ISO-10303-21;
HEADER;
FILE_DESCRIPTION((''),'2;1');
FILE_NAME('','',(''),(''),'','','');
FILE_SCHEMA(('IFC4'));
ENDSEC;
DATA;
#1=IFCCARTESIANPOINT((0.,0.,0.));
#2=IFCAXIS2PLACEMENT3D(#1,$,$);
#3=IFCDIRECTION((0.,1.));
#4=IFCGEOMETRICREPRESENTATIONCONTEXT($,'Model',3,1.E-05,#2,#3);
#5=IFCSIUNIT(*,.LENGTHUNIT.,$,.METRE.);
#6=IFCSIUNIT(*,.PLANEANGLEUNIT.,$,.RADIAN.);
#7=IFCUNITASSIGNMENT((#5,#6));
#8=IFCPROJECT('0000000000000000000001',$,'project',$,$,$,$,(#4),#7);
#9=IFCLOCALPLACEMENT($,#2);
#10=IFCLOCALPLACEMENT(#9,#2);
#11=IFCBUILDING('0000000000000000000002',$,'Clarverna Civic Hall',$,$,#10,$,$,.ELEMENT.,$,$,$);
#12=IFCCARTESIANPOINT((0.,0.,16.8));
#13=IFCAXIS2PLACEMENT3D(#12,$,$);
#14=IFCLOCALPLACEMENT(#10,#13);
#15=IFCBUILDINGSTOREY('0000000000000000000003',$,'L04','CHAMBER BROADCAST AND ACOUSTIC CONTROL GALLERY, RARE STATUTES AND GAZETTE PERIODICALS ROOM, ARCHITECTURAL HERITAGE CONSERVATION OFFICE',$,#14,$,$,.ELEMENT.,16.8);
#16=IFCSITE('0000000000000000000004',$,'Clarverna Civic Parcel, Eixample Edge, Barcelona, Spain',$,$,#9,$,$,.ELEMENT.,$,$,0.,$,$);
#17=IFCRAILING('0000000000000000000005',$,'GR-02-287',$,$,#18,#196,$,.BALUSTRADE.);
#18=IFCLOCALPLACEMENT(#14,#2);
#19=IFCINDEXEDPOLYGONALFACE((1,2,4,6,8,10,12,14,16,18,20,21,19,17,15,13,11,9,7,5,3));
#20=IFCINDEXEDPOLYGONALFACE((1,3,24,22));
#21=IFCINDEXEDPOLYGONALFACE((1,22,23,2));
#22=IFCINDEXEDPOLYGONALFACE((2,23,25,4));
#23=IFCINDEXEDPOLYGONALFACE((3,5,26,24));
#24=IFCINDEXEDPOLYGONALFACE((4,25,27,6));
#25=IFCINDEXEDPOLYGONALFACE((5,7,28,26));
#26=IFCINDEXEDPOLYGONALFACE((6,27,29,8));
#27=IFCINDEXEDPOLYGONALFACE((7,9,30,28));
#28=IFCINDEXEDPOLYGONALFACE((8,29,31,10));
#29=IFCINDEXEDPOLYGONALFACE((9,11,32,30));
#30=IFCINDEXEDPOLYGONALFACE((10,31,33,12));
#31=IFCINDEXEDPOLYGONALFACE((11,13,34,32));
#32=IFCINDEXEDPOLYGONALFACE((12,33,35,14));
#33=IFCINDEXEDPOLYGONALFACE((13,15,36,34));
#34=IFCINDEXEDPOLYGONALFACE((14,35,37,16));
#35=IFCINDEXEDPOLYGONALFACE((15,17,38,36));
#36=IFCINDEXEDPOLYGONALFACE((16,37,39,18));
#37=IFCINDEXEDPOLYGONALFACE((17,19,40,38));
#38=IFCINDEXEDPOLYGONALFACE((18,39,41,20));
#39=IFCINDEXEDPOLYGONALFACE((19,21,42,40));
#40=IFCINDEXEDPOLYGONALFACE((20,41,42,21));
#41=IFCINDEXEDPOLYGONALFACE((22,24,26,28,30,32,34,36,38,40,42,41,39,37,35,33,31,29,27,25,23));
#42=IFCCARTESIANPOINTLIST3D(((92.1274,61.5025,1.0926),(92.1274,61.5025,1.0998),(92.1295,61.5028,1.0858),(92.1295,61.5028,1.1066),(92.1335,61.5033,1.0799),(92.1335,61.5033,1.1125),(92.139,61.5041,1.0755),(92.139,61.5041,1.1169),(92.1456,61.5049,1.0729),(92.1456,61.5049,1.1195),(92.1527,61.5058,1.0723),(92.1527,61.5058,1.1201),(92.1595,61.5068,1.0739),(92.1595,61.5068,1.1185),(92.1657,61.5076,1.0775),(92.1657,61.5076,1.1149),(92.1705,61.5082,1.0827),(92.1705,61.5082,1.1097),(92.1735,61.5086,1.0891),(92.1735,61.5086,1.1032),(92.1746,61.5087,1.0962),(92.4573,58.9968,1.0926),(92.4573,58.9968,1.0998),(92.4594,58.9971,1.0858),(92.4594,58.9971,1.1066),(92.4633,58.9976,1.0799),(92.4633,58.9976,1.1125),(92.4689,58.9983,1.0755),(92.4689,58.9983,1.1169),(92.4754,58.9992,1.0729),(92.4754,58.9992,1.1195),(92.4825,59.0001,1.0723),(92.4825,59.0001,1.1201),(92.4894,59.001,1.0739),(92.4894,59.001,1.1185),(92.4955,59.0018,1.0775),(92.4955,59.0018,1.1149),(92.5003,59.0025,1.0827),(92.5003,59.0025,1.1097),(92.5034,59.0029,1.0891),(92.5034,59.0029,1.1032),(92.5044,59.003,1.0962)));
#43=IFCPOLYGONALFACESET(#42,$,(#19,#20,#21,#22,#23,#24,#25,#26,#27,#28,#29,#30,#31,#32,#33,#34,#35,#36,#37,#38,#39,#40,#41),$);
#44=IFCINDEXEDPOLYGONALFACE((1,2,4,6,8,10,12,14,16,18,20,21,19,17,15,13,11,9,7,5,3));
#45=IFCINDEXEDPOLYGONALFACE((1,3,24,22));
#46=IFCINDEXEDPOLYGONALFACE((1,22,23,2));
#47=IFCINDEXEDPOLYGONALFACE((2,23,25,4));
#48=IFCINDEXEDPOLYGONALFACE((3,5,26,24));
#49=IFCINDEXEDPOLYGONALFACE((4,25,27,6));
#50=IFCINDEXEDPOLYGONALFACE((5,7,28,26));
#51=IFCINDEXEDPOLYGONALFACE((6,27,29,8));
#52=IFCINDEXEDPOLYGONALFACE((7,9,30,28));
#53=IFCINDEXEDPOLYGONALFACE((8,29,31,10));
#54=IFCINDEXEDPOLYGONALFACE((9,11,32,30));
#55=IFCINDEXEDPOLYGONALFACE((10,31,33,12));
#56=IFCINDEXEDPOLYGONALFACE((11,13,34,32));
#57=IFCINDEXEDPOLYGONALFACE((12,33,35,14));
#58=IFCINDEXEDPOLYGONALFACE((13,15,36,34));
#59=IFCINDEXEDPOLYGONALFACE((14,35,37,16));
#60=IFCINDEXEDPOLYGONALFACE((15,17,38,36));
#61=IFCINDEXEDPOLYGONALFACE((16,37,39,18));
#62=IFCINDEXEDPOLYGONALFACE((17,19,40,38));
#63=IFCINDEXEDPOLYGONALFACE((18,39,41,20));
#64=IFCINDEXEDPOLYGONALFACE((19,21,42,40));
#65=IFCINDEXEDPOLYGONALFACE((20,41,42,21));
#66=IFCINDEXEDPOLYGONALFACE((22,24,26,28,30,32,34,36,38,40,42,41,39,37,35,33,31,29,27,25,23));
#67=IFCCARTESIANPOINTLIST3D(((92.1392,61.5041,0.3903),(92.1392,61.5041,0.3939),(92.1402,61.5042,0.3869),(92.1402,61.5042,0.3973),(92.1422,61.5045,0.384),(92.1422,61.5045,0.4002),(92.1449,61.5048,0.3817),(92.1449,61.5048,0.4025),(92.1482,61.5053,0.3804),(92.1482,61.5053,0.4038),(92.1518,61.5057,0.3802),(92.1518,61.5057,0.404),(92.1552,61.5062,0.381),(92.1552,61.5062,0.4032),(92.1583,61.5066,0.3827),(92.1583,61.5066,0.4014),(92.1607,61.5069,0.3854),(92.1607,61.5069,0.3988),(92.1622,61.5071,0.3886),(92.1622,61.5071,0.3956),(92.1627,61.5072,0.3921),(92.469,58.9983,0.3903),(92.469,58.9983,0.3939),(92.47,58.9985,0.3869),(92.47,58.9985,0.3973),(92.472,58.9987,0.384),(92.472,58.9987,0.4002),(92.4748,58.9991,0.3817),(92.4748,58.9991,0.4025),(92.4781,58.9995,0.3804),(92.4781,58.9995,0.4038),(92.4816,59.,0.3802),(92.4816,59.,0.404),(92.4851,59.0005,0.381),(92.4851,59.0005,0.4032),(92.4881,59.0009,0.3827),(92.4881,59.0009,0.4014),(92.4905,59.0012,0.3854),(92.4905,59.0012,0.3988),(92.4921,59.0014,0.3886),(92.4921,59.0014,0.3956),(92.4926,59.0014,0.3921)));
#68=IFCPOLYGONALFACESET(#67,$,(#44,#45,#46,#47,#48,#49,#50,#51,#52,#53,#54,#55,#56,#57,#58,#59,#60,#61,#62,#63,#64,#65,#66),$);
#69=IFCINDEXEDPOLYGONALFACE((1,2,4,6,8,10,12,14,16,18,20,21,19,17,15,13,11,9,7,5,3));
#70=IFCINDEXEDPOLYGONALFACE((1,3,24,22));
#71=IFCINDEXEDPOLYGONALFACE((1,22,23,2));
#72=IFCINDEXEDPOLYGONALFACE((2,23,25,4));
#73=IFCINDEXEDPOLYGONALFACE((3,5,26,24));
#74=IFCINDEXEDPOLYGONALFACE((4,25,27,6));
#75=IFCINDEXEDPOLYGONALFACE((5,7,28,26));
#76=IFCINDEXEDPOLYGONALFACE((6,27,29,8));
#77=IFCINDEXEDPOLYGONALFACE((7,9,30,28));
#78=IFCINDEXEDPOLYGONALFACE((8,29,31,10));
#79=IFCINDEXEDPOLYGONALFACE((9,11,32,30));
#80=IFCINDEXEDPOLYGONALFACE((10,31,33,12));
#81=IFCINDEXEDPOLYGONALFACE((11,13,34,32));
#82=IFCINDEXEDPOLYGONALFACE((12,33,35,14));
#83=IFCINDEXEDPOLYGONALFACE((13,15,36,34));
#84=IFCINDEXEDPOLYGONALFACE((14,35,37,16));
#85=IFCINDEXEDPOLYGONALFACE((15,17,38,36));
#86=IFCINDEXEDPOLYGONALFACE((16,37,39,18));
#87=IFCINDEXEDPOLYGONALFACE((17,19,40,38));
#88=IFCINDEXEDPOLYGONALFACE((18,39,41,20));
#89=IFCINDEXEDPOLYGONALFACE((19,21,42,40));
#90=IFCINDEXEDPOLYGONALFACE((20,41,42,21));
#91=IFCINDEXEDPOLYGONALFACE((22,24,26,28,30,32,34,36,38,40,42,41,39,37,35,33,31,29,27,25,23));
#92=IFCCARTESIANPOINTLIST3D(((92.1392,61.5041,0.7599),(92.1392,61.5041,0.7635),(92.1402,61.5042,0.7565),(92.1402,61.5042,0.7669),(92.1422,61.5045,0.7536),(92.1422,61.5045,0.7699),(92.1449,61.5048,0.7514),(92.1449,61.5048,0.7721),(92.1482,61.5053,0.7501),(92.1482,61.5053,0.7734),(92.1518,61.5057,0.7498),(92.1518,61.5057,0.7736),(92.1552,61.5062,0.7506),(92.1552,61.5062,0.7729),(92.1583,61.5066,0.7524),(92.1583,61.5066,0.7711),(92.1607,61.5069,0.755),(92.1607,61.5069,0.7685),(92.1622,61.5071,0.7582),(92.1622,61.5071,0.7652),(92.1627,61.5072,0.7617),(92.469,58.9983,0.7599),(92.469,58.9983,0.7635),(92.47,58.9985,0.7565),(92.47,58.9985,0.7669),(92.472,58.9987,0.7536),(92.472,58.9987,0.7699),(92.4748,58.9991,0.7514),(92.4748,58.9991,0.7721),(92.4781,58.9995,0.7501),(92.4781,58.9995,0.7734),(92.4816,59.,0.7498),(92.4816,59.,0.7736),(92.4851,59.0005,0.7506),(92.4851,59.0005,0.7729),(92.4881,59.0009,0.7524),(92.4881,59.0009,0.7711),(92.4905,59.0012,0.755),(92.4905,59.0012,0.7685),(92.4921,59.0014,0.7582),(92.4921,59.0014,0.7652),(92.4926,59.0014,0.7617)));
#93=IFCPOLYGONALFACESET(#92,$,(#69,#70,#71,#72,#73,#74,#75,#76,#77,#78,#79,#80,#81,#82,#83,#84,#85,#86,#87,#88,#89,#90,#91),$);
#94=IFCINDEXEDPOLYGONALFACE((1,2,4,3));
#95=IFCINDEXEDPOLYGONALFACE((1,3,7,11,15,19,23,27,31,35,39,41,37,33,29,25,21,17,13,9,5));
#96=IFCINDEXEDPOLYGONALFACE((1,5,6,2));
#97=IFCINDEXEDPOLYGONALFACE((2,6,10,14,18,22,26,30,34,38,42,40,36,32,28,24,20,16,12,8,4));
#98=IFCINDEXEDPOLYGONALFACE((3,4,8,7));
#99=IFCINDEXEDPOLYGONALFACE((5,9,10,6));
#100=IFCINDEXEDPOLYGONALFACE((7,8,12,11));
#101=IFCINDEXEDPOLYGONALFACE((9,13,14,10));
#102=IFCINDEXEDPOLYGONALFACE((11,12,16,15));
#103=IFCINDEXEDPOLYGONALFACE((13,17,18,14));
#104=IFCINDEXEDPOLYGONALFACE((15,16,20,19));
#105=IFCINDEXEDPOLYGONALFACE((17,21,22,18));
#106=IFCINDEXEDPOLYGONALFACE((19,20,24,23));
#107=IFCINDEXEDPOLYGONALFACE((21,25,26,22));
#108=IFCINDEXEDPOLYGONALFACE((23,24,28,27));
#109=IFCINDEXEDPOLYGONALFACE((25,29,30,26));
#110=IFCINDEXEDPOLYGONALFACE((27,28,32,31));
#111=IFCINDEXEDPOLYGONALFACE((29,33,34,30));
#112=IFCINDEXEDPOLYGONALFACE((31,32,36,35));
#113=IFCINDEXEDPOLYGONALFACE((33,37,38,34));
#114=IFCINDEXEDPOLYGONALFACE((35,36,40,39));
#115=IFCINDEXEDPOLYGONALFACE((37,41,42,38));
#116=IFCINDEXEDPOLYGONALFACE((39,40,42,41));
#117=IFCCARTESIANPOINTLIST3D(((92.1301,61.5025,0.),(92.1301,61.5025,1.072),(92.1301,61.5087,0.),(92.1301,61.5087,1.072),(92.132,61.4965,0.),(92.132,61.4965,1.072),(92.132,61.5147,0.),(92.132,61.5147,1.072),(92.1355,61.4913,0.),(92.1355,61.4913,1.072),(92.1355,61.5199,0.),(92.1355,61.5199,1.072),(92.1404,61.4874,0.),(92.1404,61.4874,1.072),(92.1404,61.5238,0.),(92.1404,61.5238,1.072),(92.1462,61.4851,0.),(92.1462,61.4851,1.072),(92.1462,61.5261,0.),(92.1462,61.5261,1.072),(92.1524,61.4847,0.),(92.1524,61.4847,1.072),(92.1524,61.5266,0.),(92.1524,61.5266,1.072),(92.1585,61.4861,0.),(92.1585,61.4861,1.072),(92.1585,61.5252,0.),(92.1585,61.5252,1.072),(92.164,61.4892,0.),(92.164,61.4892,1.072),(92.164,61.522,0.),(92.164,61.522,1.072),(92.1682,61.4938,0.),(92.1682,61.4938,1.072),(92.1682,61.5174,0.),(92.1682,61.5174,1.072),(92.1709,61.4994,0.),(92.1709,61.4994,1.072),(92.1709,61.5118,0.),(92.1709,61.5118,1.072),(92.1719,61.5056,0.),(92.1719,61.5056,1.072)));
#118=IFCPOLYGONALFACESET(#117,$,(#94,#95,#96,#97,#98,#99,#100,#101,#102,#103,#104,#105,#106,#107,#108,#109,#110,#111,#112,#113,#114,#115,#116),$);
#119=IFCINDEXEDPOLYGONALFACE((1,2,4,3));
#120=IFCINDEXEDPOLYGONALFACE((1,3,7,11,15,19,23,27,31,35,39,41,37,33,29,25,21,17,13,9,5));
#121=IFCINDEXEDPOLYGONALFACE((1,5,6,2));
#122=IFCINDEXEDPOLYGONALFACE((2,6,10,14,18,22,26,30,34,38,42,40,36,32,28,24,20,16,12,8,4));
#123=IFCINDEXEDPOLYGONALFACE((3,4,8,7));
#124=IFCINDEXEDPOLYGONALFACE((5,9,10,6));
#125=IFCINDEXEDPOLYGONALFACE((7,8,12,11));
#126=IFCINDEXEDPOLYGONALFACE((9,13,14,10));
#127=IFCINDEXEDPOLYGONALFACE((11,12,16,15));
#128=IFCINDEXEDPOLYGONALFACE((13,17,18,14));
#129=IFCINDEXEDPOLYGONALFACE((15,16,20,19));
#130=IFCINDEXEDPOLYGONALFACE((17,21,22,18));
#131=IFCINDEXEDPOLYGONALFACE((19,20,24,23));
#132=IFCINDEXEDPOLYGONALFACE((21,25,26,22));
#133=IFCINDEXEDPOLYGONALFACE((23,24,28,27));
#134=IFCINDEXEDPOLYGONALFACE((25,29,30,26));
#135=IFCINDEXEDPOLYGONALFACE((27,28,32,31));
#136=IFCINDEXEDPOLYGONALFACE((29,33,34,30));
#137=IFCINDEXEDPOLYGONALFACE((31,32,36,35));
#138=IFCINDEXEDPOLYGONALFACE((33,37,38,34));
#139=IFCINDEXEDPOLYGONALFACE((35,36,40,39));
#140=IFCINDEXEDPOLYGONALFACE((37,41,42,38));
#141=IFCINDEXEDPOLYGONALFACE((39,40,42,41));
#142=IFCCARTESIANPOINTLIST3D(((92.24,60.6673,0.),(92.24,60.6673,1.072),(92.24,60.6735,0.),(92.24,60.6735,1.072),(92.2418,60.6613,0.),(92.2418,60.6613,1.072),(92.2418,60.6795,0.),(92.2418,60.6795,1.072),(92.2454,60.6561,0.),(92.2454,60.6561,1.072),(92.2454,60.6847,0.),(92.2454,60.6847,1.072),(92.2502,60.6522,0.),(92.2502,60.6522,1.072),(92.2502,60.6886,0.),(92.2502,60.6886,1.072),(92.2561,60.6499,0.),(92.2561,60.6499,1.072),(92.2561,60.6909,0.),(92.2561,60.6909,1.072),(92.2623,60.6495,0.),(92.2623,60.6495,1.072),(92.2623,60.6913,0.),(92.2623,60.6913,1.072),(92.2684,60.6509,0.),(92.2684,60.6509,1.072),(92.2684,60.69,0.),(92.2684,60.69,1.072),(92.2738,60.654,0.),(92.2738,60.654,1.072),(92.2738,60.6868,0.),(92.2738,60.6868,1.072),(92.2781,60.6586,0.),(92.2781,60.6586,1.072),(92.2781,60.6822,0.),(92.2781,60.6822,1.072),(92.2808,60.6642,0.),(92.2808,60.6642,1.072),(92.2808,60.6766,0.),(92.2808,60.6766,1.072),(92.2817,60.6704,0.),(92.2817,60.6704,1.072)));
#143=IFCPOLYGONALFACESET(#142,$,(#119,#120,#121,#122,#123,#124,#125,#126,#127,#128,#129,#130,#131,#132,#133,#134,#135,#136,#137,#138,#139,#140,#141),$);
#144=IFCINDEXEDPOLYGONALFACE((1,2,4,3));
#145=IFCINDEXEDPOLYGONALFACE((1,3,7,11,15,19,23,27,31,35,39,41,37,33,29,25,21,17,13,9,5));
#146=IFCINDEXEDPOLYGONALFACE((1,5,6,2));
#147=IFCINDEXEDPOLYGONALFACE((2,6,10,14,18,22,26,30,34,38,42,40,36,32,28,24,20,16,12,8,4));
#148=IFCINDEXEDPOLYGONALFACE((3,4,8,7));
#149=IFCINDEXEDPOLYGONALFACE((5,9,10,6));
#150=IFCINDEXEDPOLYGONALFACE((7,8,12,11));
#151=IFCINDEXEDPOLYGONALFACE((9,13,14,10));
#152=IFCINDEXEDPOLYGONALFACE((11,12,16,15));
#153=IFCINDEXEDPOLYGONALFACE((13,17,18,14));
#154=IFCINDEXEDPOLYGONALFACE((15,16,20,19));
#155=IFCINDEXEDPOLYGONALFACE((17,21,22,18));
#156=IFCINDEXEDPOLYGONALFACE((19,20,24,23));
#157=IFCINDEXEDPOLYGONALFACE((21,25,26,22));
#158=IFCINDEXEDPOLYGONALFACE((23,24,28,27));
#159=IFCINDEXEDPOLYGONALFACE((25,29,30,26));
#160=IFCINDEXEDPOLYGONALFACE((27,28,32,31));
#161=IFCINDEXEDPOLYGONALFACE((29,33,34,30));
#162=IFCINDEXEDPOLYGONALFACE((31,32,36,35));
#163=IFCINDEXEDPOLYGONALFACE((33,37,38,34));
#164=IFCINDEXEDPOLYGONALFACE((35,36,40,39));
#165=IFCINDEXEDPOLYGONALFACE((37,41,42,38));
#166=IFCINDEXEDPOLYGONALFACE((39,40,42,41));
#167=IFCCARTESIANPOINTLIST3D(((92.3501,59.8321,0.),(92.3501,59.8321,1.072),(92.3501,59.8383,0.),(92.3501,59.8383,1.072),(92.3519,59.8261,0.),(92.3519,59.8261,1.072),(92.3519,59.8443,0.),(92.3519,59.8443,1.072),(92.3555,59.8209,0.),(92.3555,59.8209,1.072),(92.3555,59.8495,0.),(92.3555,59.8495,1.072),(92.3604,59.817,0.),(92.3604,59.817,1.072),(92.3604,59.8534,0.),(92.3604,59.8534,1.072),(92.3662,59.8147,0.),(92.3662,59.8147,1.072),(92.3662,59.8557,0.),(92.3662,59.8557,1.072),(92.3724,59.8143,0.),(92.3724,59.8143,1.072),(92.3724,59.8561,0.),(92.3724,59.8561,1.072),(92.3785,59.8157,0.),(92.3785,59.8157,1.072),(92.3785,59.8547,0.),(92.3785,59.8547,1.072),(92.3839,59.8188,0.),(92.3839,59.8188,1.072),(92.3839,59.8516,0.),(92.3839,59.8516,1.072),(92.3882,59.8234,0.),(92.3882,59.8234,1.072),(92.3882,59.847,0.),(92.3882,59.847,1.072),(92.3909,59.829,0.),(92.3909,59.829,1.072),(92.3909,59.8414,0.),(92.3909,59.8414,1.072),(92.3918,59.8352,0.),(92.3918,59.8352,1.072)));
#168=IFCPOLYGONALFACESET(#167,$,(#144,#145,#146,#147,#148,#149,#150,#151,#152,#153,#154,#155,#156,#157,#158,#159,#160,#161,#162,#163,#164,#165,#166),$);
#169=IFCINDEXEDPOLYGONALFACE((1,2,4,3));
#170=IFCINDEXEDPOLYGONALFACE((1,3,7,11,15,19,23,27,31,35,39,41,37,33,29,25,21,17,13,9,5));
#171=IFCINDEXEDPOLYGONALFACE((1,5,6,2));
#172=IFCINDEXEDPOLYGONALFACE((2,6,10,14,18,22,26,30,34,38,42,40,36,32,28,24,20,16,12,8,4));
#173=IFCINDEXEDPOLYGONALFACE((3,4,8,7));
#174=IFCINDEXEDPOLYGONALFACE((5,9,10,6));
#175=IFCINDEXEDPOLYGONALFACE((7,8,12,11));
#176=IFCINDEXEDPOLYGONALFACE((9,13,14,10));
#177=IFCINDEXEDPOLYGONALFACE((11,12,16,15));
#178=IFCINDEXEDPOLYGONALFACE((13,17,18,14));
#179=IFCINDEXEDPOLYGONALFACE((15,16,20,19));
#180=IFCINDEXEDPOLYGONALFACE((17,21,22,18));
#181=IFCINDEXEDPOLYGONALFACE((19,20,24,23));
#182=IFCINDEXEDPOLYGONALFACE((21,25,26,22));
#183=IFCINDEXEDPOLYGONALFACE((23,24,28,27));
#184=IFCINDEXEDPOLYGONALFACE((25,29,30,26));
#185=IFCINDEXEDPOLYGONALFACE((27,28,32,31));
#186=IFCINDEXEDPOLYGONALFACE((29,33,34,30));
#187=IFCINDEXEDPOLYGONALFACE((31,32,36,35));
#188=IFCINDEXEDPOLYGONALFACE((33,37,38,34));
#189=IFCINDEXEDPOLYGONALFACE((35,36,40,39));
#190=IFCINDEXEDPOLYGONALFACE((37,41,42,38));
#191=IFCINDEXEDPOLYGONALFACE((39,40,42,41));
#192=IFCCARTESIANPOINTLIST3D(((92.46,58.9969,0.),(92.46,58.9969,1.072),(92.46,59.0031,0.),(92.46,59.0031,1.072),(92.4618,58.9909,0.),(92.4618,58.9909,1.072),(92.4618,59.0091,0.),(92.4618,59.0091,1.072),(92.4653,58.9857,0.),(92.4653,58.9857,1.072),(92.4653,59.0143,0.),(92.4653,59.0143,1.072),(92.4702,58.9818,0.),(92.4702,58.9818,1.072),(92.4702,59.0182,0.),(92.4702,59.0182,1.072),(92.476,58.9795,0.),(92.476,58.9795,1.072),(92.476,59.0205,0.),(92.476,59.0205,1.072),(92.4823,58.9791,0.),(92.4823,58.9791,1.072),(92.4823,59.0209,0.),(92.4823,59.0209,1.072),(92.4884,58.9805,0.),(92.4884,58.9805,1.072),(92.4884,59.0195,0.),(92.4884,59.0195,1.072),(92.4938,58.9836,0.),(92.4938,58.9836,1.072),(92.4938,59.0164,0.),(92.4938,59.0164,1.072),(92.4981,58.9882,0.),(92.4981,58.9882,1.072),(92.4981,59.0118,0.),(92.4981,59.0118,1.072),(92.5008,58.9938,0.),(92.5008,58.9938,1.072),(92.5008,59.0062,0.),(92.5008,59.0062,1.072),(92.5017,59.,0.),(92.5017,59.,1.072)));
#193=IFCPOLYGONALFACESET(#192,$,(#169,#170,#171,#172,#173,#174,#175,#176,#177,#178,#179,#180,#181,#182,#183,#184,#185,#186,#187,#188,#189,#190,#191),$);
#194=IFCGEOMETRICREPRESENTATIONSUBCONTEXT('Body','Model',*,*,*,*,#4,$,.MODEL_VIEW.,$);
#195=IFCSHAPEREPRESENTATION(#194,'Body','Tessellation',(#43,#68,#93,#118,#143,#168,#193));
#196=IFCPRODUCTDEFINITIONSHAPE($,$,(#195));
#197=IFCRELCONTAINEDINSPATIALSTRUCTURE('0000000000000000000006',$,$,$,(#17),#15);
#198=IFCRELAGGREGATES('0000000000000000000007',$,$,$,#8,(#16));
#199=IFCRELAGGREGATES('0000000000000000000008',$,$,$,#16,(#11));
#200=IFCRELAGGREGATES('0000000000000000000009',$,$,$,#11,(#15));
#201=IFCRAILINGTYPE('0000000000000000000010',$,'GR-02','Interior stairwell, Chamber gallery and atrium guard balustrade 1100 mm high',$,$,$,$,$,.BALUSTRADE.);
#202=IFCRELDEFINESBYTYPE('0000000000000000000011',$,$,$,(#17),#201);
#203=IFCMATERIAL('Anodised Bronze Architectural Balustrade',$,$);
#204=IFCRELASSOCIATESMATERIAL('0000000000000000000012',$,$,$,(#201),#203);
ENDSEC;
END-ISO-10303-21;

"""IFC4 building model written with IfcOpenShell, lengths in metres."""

from ifc_helpers import new_model, si_unit, direction, frame, origin, origin_2d, place, context, subcontext, project, spatial, circle, extrude, material, type_object, element, save


model = new_model("IFC4")

# Units and contexts
model_context = context("Model", 3, precision=1e-05, world=origin(), true_north=direction((0.0, 1.0)))
body_context = subcontext(model_context, "Body", "Model", "MODEL_VIEW")
ifc_project = project(units=[si_unit("LENGTHUNIT", "METRE"), si_unit("PLANEANGLEUNIT", "RADIAN")], contexts=[model_context])

# Site, building, storey
site_placement = place(None, origin())
site = spatial("IfcSite", under=ifc_project, at=site_placement, Name="Clarverna Civic Parcel, Eixample Edge, Barcelona, Spain", CompositionType="ELEMENT", RefElevation=0.0)
building_placement = place(site_placement, origin())
building = spatial("IfcBuilding", under=site, at=building_placement, Name="Clarverna Civic Hall", CompositionType="ELEMENT")
storey_placement = place(building_placement, frame((0.0, 0.0, 16.8)))
storey = spatial("IfcBuildingStorey", under=building, at=storey_placement, Name="L04", Description="CHAMBER BROADCAST AND ACOUSTIC CONTROL GALLERY, RARE STATUTES AND GAZETTE PERIODICALS ROOM, ARCHITECTURAL HERITAGE CONSERVATION OFFICE", CompositionType="ELEMENT", Elevation=16.8)

# Railing
ifc_material_1 = material(Name="Anodised Bronze Architectural Balustrade")
railing_type = type_object("IfcRailingType", Name="GR-02", Description="Interior stairwell, Chamber gallery and atrium guard balustrade 1100 mm high", PredefinedType="BALUSTRADE", material=ifc_material_1)
railing_1_placement = place(storey_placement, frame((92.1509, 61.5056, 0.0)))
element("IfcRailing", 1, at=railing_1_placement, inside=storey, type_object=railing_type, Name="GR-02-287", PredefinedType="BALUSTRADE", context=body_context, shape_type="SweptSolid", body=[
    extrude(circle(Radius=0.0239, at=origin_2d()), frame((0.0, 0.0, 1.0962), z_axis=(0.130512, -0.991447, 0.0), x_axis=(0.991447, 0.130512, 0.0)), (0.0, 0.0, 1.0), 2.5273),
    extrude(circle(Radius=0.012, at=origin_2d()), frame((0.0, 0.0, 0.3921), z_axis=(0.130512, -0.991447, 0.0), x_axis=(0.991447, 0.130512, 0.0)), (0.0, 0.0, 1.0), 2.5273),
    extrude(circle(Radius=0.012, at=origin_2d()), frame((0.0, 0.0, 0.7617), z_axis=(0.130512, -0.991447, 0.0), x_axis=(0.991447, 0.130512, 0.0)), (0.0, 0.0, 1.0), 2.5273),
    extrude(circle(Radius=0.021, at=origin_2d()), origin(), (0.0, 0.0, 1.0), 1.072),
    extrude(circle(Radius=0.021, at=origin_2d()), frame((0.1099, -0.8352, 0.0)), (0.0, 0.0, 1.0), 1.072),
    extrude(circle(Radius=0.021, at=origin_2d()), frame((0.22, -1.6704, 0.0)), (0.0, 0.0, 1.0), 1.072),
    extrude(circle(Radius=0.021, at=origin_2d()), frame((0.3298, -2.5056, 0.0)), (0.0, 0.0, 1.0), 1.072),
])

save(model, "model.ifc")
